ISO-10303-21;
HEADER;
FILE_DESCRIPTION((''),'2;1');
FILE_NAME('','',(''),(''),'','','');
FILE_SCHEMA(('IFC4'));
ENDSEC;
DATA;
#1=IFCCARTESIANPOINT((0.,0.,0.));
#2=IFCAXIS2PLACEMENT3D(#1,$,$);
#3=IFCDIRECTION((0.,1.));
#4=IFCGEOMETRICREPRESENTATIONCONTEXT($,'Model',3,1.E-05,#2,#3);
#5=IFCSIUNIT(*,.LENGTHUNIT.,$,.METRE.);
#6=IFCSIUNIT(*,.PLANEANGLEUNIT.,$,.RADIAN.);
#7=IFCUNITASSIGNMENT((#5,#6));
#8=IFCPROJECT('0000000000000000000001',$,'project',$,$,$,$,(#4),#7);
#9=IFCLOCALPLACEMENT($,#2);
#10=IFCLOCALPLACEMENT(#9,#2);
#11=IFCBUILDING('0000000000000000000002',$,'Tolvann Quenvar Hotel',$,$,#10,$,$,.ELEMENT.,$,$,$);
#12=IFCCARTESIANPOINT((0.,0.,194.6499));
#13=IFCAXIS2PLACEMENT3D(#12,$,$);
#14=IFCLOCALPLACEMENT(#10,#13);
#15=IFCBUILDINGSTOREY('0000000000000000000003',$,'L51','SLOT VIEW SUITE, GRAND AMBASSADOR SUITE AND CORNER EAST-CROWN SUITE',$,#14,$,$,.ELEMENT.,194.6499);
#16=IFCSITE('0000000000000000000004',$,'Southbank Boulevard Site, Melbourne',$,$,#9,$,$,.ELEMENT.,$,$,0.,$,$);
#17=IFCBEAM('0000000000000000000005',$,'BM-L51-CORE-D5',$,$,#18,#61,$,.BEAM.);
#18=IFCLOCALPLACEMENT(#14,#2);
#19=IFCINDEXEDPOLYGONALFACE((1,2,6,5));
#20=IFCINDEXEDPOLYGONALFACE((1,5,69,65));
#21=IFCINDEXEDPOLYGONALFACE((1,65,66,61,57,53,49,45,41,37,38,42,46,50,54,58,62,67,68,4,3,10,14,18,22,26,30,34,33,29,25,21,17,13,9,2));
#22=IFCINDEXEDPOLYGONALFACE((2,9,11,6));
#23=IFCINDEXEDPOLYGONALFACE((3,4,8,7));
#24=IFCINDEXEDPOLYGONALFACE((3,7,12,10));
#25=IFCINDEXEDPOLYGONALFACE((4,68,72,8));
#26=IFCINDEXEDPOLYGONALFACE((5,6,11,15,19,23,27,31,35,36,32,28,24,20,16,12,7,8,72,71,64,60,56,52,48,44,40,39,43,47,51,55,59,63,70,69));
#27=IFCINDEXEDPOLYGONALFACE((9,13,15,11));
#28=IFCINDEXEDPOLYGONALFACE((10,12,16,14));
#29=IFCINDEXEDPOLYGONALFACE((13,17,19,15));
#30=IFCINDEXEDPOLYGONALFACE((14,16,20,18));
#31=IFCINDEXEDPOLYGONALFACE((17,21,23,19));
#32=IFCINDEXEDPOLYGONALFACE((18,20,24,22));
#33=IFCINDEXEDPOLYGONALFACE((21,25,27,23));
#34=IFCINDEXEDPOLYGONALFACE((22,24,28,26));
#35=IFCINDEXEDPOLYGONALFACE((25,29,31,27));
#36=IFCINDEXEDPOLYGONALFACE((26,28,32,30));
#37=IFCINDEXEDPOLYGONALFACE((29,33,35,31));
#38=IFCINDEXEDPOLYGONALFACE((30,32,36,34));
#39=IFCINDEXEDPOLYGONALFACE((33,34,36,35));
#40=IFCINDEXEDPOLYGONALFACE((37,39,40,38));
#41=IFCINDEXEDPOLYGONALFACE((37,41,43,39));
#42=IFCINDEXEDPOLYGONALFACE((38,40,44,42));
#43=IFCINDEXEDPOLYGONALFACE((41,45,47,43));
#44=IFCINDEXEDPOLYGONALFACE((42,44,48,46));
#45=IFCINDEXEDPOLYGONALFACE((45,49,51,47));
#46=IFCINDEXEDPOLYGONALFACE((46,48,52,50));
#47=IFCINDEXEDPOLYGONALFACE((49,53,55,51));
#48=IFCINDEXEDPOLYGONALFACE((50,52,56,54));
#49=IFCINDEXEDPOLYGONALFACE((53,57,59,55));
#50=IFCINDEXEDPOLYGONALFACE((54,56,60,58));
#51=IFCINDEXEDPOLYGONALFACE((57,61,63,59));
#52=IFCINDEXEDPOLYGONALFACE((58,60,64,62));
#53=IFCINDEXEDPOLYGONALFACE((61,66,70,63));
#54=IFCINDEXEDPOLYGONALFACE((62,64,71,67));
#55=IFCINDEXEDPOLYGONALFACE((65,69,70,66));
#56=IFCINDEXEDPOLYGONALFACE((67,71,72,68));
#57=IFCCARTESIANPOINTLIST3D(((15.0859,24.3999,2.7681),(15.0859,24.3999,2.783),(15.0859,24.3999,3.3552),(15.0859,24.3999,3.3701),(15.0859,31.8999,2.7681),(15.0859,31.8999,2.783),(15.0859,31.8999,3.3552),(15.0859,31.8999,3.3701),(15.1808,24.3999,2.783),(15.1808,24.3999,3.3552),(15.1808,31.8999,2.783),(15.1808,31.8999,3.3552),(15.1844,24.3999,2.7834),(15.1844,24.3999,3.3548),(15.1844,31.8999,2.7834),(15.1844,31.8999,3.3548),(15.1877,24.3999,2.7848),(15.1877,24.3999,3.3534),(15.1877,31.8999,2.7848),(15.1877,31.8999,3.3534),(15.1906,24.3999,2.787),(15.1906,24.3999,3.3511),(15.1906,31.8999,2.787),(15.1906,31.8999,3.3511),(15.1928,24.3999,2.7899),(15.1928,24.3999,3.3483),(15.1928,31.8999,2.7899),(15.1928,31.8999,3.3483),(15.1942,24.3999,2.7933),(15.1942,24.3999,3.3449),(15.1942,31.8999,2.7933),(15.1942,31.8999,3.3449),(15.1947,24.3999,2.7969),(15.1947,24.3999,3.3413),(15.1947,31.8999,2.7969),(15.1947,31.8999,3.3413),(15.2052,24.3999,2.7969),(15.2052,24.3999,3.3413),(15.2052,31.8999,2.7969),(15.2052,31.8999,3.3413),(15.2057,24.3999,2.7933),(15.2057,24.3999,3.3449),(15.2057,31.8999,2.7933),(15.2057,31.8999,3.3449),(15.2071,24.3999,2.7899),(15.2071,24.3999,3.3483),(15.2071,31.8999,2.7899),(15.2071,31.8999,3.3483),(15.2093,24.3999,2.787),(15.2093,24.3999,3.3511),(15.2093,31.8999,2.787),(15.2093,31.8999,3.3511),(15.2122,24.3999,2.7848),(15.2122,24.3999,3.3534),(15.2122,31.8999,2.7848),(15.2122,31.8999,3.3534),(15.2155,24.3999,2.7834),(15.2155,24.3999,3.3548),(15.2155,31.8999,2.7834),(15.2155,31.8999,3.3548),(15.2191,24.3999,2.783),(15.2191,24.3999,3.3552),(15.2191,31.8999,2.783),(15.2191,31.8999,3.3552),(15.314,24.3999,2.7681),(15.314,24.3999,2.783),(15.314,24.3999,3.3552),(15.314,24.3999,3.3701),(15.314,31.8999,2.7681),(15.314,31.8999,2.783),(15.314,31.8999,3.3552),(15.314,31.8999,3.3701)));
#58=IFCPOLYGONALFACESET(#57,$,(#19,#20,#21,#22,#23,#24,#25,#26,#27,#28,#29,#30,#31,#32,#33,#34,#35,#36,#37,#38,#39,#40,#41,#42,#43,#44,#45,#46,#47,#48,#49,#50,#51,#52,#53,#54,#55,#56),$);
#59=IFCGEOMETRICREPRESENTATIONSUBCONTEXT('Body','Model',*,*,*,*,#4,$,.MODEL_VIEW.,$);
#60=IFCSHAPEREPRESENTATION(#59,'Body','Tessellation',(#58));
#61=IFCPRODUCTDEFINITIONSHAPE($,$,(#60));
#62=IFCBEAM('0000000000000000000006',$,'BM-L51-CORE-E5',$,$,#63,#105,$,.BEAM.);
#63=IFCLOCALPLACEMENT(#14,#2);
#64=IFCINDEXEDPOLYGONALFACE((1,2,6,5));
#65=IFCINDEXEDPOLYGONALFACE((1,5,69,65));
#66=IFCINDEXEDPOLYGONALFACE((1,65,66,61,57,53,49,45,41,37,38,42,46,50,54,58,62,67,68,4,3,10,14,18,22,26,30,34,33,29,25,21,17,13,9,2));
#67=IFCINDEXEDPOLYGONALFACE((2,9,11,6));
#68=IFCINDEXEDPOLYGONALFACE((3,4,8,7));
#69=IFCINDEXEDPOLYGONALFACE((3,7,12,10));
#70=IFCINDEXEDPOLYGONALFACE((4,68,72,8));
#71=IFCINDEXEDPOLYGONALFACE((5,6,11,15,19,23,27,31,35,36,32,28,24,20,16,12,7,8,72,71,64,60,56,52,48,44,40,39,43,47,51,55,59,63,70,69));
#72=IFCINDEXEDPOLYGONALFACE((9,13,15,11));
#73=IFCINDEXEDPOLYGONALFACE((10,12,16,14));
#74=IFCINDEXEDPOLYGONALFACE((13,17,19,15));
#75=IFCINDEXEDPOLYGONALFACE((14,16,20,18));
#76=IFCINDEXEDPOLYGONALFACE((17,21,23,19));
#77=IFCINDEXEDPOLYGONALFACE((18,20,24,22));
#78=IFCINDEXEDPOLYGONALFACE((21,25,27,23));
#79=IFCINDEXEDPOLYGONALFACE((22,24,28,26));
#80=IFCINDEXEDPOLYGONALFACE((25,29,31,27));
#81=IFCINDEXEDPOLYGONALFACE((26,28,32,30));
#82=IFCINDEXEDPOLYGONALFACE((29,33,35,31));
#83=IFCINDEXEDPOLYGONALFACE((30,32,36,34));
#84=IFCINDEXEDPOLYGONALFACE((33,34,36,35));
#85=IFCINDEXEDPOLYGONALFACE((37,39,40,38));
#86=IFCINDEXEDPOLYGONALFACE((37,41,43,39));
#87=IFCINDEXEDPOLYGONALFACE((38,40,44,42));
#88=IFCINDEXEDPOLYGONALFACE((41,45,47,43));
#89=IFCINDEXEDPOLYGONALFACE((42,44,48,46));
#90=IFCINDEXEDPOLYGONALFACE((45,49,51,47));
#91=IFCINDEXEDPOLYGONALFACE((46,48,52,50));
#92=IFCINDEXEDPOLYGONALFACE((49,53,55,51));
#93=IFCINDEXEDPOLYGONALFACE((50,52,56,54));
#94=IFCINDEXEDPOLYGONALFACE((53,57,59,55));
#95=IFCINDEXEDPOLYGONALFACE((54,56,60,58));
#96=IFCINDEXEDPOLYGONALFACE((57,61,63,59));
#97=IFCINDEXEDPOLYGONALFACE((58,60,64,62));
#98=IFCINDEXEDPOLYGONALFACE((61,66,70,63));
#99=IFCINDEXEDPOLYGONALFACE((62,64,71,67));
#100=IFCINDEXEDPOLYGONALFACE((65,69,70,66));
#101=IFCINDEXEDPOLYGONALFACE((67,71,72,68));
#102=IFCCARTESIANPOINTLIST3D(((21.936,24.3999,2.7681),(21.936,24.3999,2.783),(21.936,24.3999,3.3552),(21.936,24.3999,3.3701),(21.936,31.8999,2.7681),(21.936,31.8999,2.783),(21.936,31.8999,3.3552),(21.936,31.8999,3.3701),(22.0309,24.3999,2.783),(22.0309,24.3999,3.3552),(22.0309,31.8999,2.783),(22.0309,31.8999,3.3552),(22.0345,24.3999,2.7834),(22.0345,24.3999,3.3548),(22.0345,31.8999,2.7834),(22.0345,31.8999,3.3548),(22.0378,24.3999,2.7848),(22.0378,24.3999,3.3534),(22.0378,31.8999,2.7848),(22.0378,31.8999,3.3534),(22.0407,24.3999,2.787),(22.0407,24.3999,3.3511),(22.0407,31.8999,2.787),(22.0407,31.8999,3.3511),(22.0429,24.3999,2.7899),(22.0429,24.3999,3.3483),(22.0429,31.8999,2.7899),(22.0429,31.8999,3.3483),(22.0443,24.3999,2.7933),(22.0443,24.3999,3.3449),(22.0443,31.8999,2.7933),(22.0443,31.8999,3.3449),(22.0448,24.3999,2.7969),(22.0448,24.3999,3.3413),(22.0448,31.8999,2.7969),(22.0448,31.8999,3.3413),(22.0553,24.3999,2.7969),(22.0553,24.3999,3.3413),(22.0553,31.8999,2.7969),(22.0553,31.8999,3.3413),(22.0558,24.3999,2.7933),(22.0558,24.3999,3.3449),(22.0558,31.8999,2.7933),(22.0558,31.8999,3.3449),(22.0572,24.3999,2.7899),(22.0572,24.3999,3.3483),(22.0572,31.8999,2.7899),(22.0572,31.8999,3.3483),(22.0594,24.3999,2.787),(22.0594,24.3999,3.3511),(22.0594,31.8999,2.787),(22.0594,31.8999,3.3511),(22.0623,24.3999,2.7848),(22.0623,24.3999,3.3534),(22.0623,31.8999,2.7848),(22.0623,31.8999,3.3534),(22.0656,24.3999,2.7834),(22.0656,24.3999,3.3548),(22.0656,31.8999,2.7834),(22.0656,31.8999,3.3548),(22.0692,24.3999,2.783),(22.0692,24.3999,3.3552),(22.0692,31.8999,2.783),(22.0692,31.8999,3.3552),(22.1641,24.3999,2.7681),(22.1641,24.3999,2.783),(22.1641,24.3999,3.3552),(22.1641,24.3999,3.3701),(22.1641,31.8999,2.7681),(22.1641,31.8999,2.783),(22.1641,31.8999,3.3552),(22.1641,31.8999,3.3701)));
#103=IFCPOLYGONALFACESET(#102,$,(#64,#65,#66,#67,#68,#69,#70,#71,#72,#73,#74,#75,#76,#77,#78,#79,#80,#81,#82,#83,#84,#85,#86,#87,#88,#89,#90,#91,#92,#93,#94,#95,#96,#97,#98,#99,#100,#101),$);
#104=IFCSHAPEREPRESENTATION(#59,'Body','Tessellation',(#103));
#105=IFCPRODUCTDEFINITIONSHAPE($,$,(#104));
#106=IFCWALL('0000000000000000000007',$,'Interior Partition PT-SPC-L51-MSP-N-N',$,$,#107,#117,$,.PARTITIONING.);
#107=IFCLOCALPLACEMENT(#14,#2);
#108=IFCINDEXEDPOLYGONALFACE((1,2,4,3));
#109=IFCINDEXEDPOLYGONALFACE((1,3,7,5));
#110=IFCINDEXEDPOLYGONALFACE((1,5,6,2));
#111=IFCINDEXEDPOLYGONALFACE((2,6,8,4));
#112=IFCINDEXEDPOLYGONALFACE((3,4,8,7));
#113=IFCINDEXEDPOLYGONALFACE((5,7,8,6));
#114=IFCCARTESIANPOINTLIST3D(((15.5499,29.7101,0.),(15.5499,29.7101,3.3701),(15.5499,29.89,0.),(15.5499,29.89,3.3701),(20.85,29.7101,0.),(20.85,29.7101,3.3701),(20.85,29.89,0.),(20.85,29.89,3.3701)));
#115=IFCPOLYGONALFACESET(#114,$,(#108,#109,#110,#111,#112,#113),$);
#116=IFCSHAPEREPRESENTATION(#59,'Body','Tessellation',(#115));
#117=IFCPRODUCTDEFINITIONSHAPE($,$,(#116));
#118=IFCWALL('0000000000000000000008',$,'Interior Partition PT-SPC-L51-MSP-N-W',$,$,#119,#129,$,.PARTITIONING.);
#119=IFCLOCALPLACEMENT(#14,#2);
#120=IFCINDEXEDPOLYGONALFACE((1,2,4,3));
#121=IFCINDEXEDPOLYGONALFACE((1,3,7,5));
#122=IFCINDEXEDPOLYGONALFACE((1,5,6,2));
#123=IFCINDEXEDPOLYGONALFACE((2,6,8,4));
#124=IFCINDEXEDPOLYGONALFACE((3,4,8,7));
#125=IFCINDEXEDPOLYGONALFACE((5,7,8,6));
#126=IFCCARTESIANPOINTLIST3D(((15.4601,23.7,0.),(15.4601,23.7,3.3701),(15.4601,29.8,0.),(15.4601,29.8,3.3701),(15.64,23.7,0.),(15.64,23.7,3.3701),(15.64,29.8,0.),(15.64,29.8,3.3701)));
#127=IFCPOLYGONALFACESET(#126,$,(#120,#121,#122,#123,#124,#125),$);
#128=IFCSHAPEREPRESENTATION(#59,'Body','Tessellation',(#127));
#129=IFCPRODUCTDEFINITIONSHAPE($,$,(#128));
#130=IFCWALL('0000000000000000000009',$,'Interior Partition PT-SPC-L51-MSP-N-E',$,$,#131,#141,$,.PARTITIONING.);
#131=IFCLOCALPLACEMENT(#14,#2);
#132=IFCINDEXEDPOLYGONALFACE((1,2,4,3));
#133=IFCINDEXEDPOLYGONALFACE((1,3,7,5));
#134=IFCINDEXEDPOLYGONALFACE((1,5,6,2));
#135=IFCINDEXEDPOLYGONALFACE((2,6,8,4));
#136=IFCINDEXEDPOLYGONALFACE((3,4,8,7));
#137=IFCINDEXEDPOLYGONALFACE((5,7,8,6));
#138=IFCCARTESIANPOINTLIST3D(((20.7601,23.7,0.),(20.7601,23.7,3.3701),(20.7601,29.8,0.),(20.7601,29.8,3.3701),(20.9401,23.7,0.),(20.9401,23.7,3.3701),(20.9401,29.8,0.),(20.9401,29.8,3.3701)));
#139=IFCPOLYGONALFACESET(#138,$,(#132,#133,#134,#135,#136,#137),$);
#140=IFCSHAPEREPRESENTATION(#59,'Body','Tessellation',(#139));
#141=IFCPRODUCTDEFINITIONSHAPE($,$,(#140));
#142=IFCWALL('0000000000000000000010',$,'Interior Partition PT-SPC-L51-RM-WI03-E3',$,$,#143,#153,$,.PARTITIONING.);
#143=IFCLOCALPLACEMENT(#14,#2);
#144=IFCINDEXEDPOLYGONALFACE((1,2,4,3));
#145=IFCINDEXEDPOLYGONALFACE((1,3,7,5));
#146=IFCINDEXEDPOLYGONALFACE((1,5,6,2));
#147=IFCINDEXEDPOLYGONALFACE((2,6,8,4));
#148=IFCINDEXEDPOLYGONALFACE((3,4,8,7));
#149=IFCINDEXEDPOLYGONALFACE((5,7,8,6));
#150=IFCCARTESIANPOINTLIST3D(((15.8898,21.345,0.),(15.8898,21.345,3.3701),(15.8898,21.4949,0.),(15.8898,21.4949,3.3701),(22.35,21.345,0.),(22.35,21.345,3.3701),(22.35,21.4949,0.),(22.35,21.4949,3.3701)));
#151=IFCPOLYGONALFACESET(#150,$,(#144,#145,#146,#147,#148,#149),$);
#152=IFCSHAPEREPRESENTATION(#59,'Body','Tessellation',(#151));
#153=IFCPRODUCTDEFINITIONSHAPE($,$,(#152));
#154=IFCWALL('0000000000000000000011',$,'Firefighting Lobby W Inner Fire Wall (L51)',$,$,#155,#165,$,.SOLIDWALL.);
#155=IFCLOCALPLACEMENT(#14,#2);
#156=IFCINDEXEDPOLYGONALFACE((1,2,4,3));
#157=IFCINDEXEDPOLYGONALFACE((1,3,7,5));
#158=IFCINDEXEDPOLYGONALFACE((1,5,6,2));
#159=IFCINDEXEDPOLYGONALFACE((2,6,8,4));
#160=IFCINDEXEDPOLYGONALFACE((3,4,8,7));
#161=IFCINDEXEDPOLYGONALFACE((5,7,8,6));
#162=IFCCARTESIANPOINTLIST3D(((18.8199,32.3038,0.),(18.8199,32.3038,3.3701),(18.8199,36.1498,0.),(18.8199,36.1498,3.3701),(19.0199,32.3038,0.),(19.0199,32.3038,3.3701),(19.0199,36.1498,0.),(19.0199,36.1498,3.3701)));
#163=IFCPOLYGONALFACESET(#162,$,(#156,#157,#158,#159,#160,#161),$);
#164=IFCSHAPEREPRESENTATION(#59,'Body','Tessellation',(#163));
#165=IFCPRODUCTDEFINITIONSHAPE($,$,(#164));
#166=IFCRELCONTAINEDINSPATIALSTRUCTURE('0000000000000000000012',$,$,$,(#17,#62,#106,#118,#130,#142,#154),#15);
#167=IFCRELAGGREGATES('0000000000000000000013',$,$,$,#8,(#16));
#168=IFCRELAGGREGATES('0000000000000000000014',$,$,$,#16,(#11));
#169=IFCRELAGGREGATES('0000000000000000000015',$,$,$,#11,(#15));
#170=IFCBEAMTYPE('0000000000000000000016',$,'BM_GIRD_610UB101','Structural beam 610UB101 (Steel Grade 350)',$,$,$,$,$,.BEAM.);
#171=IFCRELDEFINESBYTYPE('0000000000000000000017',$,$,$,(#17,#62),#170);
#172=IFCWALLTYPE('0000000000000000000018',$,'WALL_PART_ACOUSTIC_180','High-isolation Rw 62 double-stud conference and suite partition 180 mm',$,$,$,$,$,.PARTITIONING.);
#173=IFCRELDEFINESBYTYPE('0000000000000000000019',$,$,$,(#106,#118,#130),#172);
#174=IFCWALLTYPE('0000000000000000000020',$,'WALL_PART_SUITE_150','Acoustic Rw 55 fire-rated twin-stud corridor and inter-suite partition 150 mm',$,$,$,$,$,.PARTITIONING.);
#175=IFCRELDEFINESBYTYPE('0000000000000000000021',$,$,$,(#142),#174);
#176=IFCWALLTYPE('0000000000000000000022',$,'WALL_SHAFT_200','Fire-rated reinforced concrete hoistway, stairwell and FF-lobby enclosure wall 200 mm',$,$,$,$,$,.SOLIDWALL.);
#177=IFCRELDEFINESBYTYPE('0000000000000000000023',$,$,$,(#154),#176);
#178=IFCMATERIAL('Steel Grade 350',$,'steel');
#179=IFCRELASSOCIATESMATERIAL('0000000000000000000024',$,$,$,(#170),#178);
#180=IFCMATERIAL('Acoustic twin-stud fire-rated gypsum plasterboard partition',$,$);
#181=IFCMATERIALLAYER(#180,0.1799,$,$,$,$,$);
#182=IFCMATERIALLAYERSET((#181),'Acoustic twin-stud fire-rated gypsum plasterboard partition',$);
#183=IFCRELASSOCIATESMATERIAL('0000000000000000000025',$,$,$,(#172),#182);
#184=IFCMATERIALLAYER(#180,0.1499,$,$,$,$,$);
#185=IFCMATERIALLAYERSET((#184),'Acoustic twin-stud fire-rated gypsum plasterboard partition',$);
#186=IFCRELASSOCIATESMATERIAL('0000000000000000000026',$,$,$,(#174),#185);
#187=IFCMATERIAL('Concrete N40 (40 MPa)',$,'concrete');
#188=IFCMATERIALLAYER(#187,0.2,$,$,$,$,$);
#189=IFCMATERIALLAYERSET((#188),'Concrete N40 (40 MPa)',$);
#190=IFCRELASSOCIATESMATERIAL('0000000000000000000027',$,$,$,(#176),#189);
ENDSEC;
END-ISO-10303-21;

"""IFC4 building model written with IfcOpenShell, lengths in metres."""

from ifc_helpers import new_model, si_unit, direction, frame, frame_2d, origin, origin_2d, place, context, subcontext, project, spatial, rectangle, i_section, extrude, source, transform, mapped, material, layer, layer_set, material_profile, profile_set, type_object, element, save


model = new_model("IFC4")

# Units and contexts
model_context = context("Model", 3, precision=1e-05, world=origin(), true_north=direction((0.0, 1.0)))
body_context = subcontext(model_context, "Body", "Model", "MODEL_VIEW")
ifc_project = project(units=[si_unit("LENGTHUNIT", "METRE"), si_unit("PLANEANGLEUNIT", "RADIAN")], contexts=[model_context])

# Site, building, storey
site_placement = place(None, origin())
site = spatial("IfcSite", under=ifc_project, at=site_placement, Name="Southbank Boulevard Site, Melbourne", CompositionType="ELEMENT", RefElevation=0.0)
building_placement = place(site_placement, origin())
building = spatial("IfcBuilding", under=site, at=building_placement, Name="Tolvann Quenvar Hotel", CompositionType="ELEMENT")
storey_placement = place(building_placement, frame((0.0, 0.0, 194.6499)))
storey = spatial("IfcBuildingStorey", under=building, at=storey_placement, Name="L51", Description="SLOT VIEW SUITE, GRAND AMBASSADOR SUITE AND CORNER EAST-CROWN SUITE", CompositionType="ELEMENT", Elevation=194.6499)

# Beams
ifc_material_1 = material(Name="Steel Grade 350", Category="steel")
ifc_material_profile_1 = material_profile(ifc_material_1, i_section(OverallWidth=0.228, OverallDepth=0.6021, WebThickness=0.0105, FlangeThickness=0.0149, FilletRadius=0.0139, at=origin_2d()), Name="610UB101")
ifc_profile_set_1 = profile_set([ifc_material_profile_1], Name="Steel Grade 350")
beam_type_1 = type_object("IfcBeamType", Name="BM_GIRD_610UB101", Description="Structural beam 610UB101 (Steel Grade 350)", PredefinedType="BEAM", material=ifc_profile_set_1)
shared_shape_1 = source(origin(), body_context, "Body", "SweptSolid", [
    extrude(i_section(OverallWidth=0.228, OverallDepth=0.6021, WebThickness=0.0105, FlangeThickness=0.0149, FilletRadius=0.0139, at=origin_2d()), origin(), (0.0, 0.0, 1.0), 7.5),
])
for number, where, z_axis, x_axis, name in (
    (1, (15.2, 24.3999, 3.0691), (0.0, 1.0, 0.0), (-1.0, 0.0, 0.0), "BM-L51-CORE-D5"),
    (2, (22.05, 24.3999, 3.0691), (0.0, 1.0, 0.0), (-1.0, 0.0, 0.0), "BM-L51-CORE-E5"),
):
    element("IfcBeam", number, at=place(storey_placement, frame(where, z_axis=z_axis, x_axis=x_axis)), inside=storey, type_object=beam_type_1, Name=name, PredefinedType="BEAM", context=body_context, shape_type="MappedRepresentation", body=[
        mapped(shared_shape_1, transform((0.0, 0.0, 0.0), x_axis=(1.0, 0.0, 0.0), y_axis=(0.0, 1.0, 0.0), z_axis=(0.0, 0.0, 1.0), scale=1.0)),
    ])

# Shared definitions
ifc_material_2 = material(Name="Acoustic twin-stud fire-rated gypsum plasterboard partition")
ifc_layer_1 = layer(ifc_material_2, 0.1799)
ifc_layer_set_1 = layer_set([ifc_layer_1], Name="Acoustic twin-stud fire-rated gypsum plasterboard partition")
wall_type_1 = type_object("IfcWallType", Name="WALL_PART_ACOUSTIC_180", Description="High-isolation Rw 62 double-stud conference and suite partition 180 mm", PredefinedType="PARTITIONING", material=ifc_layer_set_1)

# Walls
wall_1_placement = place(storey_placement, frame((15.55, 29.8, 0.0), z_axis=(0.0, 0.0, 1.0), x_axis=(1.0, 0.0, 0.0)))
element("IfcWall", 3, at=wall_1_placement, inside=storey, type_object=wall_type_1, Name="Interior Partition PT-SPC-L51-MSP-N-N", PredefinedType="PARTITIONING", context=body_context, shape_type="SweptSolid", body=[
    extrude(rectangle(XDim=5.3, YDim=0.1799, at=frame_2d((2.6499, 0.0))), origin(), (0.0, 0.0, 1.0), 3.3701),
])
for number, where, z_axis, x_axis, name in (
    (4, (15.55, 23.7, 0.0), (0.0, 0.0, 1.0), (0.0, 1.0, 0.0), "Interior Partition PT-SPC-L51-MSP-N-W"),
    (5, (20.8501, 23.7, 0.0), (0.0, 0.0, 1.0), (0.0, 1.0, 0.0), "Interior Partition PT-SPC-L51-MSP-N-E"),
):
    element("IfcWall", number, at=place(storey_placement, frame(where, z_axis=z_axis, x_axis=x_axis)), inside=storey, type_object=wall_type_1, Name=name, PredefinedType="PARTITIONING", context=body_context, shape_type="SweptSolid", body=[
        extrude(rectangle(XDim=6.1001, YDim=0.1799, at=frame_2d((3.05, 0.0))), origin(), (0.0, 0.0, 1.0), 3.3701),
    ])
ifc_layer_2 = layer(ifc_material_2, 0.1499)
ifc_layer_set_2 = layer_set([ifc_layer_2], Name="Acoustic twin-stud fire-rated gypsum plasterboard partition")
wall_type_2 = type_object("IfcWallType", Name="WALL_PART_SUITE_150", Description="Acoustic Rw 55 fire-rated twin-stud corridor and inter-suite partition 150 mm", PredefinedType="PARTITIONING", material=ifc_layer_set_2)
wall_2_placement = place(storey_placement, frame((15.8899, 21.4199, 0.0), z_axis=(0.0, 0.0, 1.0), x_axis=(1.0, 0.0, 0.0)))
element("IfcWall", 6, at=wall_2_placement, inside=storey, type_object=wall_type_2, Name="Interior Partition PT-SPC-L51-RM-WI03-E3", PredefinedType="PARTITIONING", context=body_context, shape_type="SweptSolid", body=[
    extrude(rectangle(XDim=6.4602, YDim=0.1499, at=frame_2d((3.23, 0.0))), origin(), (0.0, 0.0, 1.0), 3.3701),
])
ifc_material_3 = material(Name="Concrete N40 (40 MPa)", Category="concrete")
ifc_layer_3 = layer(ifc_material_3, 0.2)
ifc_layer_set_3 = layer_set([ifc_layer_3], Name="Concrete N40 (40 MPa)")
wall_type_3 = type_object("IfcWallType", Name="WALL_SHAFT_200", Description="Fire-rated reinforced concrete hoistway, stairwell and FF-lobby enclosure wall 200 mm", PredefinedType="SOLIDWALL", material=ifc_layer_set_3)
wall_3_placement = place(storey_placement, frame((18.9199, 32.304, 0.0), z_axis=(0.0, 0.0, 1.0), x_axis=(0.0, 1.0, 0.0)))
element("IfcWall", 7, at=wall_3_placement, inside=storey, type_object=wall_type_3, Name="Firefighting Lobby W Inner Fire Wall (L51)", PredefinedType="SOLIDWALL", context=body_context, shape_type="SweptSolid", body=[
    extrude(rectangle(XDim=3.8459, YDim=0.2, at=frame_2d((1.9229, 0.0))), origin(), (0.0, 0.0, 1.0), 3.3701),
])

save(model, "model.ifc")
